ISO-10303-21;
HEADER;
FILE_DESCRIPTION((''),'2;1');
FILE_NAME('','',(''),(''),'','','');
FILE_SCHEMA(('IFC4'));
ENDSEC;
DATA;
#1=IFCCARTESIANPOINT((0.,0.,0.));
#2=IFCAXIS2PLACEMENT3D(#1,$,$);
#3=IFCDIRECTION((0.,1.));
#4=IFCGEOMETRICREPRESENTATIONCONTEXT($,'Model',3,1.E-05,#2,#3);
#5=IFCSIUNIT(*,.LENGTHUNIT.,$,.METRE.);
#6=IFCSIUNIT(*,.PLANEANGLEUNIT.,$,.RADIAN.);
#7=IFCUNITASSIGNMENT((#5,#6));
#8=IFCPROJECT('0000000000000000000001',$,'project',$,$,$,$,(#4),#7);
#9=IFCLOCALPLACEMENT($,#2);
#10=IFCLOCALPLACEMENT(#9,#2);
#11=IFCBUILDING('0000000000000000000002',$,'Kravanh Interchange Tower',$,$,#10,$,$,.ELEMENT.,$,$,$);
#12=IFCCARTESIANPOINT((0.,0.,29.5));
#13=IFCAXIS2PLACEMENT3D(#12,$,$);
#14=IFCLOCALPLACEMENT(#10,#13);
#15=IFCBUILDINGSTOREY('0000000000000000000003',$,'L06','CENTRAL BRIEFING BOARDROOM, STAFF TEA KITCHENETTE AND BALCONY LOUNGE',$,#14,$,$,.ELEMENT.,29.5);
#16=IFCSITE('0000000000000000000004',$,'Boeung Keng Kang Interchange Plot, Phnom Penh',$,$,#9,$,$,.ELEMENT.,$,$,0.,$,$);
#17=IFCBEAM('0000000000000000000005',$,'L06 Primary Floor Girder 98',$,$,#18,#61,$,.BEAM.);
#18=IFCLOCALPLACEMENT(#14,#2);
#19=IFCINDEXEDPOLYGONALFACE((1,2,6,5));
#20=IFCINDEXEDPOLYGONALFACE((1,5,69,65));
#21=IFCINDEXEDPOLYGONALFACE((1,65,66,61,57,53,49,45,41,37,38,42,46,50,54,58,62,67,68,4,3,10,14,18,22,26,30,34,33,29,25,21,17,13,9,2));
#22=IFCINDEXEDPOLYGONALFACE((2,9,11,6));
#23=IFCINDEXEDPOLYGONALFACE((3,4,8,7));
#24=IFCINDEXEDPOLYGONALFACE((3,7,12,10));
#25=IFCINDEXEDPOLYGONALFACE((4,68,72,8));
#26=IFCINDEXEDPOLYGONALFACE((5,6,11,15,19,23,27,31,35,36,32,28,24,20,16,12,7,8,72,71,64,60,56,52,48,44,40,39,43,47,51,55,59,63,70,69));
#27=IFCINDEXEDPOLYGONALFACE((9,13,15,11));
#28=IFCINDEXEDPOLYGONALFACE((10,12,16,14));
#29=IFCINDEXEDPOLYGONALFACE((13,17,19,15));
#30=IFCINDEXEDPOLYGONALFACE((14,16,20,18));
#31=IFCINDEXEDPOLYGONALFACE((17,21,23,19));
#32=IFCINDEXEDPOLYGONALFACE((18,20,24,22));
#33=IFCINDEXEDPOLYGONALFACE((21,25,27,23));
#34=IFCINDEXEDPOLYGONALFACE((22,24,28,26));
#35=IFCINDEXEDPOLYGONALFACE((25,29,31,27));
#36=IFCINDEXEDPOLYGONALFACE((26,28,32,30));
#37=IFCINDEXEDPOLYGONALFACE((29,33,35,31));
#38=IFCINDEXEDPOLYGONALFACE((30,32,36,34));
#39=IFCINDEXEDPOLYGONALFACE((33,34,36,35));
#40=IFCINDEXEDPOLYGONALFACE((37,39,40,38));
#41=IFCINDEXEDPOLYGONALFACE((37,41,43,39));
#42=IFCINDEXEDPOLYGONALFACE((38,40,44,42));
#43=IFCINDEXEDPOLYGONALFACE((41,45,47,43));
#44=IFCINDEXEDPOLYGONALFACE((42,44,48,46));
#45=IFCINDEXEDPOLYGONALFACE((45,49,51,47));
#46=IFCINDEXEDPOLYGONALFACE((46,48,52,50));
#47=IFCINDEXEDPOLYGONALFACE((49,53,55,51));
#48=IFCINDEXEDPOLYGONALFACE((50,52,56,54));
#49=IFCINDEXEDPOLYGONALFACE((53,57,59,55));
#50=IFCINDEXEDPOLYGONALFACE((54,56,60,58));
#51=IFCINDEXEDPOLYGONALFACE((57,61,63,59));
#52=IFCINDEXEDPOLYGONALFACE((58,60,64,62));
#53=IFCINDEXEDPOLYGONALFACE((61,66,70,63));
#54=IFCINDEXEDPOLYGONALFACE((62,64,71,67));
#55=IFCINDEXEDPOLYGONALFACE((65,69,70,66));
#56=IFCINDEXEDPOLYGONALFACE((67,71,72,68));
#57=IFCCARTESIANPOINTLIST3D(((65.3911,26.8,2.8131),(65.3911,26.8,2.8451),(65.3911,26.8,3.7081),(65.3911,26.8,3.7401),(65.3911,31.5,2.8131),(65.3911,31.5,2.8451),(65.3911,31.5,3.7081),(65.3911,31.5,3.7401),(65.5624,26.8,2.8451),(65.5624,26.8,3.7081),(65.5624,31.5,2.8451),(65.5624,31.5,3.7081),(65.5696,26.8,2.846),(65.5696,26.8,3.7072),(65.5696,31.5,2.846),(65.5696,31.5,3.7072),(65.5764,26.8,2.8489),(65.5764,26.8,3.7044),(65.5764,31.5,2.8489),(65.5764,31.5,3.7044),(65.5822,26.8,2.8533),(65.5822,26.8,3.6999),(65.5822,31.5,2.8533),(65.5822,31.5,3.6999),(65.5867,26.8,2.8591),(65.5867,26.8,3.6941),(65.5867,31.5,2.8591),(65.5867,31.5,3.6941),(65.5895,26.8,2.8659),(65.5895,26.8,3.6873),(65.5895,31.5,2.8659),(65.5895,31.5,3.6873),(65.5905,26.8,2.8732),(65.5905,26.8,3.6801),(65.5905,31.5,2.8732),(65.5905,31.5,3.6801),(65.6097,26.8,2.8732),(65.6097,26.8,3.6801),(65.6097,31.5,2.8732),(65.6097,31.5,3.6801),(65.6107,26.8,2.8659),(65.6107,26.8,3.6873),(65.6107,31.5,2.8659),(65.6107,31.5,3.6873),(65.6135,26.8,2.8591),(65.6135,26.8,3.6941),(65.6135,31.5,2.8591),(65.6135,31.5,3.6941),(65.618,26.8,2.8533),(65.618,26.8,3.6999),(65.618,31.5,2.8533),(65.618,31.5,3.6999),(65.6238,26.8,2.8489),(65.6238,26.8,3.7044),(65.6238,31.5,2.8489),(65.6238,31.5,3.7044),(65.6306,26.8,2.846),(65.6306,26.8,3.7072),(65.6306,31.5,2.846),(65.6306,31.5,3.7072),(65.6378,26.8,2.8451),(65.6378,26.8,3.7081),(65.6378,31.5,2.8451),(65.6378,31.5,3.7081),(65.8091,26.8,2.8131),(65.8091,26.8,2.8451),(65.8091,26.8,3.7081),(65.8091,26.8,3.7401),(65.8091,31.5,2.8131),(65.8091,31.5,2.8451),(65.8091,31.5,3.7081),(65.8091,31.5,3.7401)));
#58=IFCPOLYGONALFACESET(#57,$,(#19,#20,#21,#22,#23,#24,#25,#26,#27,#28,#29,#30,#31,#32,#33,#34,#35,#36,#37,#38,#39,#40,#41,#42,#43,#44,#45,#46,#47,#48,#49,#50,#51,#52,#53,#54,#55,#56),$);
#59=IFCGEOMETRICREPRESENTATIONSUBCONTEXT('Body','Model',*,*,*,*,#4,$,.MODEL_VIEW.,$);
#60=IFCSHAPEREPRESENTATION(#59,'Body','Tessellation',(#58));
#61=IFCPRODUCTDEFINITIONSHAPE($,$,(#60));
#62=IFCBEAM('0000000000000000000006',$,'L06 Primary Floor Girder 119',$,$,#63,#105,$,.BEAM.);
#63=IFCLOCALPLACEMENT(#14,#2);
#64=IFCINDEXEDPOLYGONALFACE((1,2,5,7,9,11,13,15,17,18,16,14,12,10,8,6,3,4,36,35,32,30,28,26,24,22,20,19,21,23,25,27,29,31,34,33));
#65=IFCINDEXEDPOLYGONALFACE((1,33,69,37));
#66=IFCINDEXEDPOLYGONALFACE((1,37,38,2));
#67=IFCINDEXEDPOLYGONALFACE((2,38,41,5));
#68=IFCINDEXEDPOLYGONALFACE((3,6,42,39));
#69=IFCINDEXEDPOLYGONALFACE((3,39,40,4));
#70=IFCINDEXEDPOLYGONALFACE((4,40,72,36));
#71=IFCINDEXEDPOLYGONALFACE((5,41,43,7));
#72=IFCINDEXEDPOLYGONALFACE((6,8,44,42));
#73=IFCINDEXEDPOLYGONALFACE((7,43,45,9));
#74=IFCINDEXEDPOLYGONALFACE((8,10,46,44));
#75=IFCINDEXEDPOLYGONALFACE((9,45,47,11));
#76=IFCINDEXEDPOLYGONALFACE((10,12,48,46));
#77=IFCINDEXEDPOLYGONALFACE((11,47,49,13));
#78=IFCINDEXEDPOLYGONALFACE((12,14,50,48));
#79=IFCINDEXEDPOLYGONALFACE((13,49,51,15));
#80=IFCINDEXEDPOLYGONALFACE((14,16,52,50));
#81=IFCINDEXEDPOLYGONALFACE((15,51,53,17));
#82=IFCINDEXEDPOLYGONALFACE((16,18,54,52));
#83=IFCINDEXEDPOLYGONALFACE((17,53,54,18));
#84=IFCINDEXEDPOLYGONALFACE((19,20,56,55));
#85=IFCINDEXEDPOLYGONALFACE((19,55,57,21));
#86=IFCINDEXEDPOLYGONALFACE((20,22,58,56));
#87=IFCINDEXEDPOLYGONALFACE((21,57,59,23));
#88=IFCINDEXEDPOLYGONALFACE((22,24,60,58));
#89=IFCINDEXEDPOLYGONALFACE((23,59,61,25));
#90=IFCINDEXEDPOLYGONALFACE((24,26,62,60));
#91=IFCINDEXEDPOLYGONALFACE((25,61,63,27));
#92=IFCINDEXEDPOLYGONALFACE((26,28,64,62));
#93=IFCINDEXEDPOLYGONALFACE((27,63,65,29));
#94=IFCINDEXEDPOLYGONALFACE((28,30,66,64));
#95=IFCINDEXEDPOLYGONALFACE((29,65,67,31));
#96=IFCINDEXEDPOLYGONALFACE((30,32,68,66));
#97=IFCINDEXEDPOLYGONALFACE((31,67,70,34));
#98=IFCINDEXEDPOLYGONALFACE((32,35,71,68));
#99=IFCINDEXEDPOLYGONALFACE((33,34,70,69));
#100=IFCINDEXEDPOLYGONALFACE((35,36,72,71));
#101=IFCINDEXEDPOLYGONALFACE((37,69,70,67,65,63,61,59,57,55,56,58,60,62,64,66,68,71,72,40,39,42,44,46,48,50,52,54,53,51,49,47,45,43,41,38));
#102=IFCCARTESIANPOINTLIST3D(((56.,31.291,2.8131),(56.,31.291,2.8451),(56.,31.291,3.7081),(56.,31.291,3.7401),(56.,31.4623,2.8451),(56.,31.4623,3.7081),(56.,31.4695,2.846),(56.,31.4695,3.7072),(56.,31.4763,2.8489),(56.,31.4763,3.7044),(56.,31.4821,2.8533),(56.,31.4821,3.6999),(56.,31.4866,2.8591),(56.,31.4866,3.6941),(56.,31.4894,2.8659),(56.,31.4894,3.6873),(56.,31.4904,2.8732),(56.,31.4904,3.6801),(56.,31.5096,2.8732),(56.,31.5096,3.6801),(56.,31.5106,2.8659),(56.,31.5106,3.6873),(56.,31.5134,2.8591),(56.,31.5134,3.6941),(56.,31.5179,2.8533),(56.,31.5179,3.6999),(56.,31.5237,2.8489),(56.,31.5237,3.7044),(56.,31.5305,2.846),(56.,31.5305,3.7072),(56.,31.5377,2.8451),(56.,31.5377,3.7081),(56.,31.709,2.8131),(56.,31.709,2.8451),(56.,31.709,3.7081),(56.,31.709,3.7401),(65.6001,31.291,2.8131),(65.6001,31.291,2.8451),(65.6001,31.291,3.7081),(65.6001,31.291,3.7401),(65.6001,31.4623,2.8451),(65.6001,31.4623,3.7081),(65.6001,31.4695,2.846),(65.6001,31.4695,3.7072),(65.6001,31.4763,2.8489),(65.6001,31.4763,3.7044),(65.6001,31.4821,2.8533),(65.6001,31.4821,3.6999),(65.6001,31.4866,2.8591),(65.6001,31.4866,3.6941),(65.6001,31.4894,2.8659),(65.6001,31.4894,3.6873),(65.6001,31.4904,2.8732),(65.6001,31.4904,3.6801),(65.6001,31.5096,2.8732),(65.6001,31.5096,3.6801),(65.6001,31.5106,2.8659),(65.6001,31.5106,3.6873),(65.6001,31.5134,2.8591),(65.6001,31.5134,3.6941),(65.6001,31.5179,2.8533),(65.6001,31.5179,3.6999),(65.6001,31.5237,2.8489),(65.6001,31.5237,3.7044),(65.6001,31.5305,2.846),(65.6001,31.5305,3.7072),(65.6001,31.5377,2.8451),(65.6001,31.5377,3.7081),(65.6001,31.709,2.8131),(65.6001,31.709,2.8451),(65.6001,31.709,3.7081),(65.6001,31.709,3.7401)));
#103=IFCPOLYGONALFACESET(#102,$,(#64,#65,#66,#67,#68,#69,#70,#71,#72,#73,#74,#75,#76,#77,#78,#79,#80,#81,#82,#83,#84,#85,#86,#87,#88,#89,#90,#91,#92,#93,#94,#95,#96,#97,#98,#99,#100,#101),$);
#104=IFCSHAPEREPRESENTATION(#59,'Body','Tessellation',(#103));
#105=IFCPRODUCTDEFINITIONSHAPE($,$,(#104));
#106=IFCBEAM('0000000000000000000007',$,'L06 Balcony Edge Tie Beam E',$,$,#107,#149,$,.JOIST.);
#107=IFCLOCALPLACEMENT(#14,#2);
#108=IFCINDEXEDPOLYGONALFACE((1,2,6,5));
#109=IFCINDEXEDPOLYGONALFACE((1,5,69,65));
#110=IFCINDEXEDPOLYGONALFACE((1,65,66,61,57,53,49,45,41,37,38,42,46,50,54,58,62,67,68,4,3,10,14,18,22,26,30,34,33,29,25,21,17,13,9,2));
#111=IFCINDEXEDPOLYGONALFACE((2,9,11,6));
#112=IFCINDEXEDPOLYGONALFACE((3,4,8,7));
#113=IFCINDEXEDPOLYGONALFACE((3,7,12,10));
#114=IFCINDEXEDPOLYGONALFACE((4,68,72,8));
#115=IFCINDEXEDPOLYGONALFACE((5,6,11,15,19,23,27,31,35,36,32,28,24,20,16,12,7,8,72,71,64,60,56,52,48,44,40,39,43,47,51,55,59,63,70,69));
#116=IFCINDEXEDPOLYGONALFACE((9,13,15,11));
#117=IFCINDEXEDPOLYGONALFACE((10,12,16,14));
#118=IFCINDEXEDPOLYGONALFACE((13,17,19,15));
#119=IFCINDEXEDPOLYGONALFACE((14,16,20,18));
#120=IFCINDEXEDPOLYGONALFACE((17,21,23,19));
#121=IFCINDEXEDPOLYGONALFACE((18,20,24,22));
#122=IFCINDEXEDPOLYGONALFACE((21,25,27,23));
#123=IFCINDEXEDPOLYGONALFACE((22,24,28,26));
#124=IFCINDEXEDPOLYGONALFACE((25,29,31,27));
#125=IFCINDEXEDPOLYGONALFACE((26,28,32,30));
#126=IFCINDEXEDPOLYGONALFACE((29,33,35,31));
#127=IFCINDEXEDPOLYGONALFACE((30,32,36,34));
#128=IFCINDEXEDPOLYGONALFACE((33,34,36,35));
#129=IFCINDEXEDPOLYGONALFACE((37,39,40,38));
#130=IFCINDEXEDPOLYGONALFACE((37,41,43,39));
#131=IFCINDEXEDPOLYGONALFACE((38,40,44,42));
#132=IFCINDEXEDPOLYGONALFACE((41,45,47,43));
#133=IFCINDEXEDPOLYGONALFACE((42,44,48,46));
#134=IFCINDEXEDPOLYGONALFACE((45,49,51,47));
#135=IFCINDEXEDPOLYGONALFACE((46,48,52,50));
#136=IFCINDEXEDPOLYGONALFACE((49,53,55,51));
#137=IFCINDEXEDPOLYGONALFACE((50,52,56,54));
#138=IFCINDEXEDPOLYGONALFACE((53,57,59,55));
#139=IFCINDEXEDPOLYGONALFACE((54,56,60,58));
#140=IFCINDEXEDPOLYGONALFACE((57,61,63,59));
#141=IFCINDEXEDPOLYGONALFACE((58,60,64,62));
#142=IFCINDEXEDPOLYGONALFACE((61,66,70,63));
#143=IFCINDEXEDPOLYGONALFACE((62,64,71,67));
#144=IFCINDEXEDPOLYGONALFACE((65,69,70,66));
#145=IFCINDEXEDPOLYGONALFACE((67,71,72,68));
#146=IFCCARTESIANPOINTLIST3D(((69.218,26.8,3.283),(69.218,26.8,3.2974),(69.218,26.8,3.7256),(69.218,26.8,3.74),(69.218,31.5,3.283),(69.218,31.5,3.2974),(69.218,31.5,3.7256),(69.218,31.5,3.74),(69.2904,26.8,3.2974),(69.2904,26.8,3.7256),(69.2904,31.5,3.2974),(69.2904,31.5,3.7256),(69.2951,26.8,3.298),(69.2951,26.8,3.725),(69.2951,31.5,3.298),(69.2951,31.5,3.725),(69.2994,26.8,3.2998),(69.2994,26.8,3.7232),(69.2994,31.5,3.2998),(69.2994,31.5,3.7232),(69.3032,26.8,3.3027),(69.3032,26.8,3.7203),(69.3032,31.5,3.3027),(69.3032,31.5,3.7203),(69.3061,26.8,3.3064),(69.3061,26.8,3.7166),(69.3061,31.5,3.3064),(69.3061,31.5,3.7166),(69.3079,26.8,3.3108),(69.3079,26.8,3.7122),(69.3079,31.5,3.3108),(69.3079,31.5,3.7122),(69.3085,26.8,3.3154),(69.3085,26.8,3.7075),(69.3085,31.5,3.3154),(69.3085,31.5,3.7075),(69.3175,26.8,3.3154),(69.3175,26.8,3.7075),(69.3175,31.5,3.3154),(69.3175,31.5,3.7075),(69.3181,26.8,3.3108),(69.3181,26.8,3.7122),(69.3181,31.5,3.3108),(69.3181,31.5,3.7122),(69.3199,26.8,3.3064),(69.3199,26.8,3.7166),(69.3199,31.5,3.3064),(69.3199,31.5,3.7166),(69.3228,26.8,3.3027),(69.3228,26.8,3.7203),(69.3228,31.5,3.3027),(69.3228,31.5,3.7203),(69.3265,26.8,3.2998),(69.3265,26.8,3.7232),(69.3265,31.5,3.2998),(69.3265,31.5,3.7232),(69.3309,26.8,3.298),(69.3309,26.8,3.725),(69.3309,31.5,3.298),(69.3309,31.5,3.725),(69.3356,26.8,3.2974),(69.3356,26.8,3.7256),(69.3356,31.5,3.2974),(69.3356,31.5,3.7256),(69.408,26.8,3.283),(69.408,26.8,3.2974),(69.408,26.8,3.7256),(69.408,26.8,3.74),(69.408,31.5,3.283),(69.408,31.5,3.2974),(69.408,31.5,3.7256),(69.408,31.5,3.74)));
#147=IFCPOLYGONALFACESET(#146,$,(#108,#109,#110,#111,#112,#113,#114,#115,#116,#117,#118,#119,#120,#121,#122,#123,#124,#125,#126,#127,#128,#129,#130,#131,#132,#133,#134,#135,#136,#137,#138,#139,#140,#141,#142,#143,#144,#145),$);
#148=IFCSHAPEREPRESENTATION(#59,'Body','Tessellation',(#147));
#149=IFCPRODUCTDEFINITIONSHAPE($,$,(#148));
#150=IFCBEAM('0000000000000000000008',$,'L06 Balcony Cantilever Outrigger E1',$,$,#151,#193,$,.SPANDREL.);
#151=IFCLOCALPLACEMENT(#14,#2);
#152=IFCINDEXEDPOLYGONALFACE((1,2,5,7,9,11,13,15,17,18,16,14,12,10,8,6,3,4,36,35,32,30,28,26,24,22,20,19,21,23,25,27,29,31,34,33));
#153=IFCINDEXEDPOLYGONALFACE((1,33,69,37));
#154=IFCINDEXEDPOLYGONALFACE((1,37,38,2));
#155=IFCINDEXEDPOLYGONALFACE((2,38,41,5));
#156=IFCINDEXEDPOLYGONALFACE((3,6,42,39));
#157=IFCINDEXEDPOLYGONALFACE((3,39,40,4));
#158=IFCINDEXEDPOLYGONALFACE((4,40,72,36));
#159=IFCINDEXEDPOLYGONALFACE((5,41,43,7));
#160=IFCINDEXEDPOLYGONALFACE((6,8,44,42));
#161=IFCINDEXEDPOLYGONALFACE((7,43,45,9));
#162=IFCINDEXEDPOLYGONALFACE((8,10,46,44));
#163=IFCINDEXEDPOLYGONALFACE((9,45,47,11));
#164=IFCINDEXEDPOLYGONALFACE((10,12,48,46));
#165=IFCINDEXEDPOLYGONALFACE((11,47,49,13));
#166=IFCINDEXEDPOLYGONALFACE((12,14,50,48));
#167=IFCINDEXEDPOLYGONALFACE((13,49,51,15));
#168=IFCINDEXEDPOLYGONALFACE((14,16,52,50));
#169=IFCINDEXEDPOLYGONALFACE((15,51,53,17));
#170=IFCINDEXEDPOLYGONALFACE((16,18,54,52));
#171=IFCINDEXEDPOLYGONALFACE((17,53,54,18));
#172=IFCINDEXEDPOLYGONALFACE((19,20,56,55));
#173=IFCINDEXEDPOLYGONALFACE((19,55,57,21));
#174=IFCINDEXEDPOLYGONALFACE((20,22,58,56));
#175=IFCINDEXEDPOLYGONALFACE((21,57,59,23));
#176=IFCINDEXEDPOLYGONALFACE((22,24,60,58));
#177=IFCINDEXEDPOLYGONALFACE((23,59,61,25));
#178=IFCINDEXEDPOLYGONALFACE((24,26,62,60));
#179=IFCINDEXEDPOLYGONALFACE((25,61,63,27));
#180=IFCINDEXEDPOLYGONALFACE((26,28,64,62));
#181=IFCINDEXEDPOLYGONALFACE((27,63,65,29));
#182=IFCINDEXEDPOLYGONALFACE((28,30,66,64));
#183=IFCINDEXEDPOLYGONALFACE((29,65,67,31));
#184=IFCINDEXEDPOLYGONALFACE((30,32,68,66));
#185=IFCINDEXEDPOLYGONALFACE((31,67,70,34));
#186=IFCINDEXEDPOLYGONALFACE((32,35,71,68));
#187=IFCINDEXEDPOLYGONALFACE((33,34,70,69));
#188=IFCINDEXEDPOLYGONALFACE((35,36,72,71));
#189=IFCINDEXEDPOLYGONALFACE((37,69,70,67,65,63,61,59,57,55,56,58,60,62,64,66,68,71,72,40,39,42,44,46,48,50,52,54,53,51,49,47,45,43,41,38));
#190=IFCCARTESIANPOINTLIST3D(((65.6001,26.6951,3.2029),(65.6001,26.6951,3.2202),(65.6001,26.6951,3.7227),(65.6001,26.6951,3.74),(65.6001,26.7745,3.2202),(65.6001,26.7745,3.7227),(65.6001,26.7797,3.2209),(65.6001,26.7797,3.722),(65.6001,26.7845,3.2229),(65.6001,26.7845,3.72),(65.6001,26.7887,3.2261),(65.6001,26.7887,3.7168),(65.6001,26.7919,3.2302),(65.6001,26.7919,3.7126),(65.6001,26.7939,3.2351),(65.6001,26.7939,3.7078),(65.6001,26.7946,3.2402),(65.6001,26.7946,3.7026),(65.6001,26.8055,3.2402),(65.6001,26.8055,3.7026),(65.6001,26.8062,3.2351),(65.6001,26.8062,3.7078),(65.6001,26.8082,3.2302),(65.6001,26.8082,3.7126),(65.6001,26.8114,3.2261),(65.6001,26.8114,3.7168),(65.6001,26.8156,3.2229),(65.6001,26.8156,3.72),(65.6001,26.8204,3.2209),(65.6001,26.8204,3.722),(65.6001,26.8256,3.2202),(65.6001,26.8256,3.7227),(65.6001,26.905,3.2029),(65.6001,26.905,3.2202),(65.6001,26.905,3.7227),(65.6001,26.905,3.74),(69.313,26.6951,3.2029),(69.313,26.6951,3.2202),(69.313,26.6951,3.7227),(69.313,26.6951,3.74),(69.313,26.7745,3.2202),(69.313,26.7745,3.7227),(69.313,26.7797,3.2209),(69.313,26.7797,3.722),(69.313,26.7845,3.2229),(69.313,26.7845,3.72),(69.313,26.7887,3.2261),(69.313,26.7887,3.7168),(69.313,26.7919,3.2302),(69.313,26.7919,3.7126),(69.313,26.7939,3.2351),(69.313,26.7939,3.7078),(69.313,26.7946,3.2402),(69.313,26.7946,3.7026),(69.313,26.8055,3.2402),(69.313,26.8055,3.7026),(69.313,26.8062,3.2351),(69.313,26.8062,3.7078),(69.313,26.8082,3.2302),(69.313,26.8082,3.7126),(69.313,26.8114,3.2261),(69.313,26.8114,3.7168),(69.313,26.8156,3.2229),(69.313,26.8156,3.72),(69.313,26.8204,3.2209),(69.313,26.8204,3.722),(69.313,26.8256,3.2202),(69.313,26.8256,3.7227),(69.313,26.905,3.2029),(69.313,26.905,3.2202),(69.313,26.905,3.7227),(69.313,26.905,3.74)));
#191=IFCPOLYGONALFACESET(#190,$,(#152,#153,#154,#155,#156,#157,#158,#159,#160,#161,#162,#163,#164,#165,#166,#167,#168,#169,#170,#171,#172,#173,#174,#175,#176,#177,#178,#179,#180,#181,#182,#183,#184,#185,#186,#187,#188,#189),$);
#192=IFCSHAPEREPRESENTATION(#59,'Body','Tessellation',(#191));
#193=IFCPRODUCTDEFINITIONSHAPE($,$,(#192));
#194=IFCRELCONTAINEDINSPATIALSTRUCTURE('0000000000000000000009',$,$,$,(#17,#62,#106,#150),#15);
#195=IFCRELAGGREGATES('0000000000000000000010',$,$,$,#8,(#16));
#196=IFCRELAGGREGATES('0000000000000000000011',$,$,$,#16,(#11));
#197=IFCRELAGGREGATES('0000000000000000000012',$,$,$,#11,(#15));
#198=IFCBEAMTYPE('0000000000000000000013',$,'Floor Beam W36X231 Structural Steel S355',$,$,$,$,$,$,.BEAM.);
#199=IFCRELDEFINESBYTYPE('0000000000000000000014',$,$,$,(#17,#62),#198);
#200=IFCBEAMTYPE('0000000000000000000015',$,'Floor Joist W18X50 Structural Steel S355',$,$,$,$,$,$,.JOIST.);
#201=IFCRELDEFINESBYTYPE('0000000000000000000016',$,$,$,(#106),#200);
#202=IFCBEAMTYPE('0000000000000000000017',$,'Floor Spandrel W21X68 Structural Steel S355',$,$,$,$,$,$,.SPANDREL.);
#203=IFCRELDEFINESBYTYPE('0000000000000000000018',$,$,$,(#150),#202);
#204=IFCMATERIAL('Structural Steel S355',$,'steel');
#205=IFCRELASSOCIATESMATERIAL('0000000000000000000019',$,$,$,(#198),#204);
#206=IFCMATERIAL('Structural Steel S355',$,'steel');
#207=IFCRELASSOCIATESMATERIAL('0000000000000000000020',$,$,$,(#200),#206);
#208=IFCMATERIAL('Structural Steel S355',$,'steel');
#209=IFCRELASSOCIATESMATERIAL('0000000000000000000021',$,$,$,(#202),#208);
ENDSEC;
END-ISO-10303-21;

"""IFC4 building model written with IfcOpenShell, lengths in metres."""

from ifc_helpers import new_model, si_unit, direction, frame, origin, origin_2d, place, context, subcontext, project, spatial, i_section, extrude, material, material_profile, profile_set, type_object, element, save


model = new_model("IFC4")

# Units and contexts
model_context = context("Model", 3, precision=1e-05, world=origin(), true_north=direction((0.0, 1.0)))
body_context = subcontext(model_context, "Body", "Model", "MODEL_VIEW")
ifc_project = project(units=[si_unit("LENGTHUNIT", "METRE"), si_unit("PLANEANGLEUNIT", "RADIAN")], contexts=[model_context])

# Site, building, storey
site_placement = place(None, origin())
site = spatial("IfcSite", under=ifc_project, at=site_placement, Name="Boeung Keng Kang Interchange Plot, Phnom Penh", CompositionType="ELEMENT", RefElevation=0.0)
building_placement = place(site_placement, origin())
building = spatial("IfcBuilding", under=site, at=building_placement, Name="Kravanh Interchange Tower", CompositionType="ELEMENT")
storey_placement = place(building_placement, frame((0.0, 0.0, 29.5)))
storey = spatial("IfcBuildingStorey", under=building, at=storey_placement, Name="L06", Description="CENTRAL BRIEFING BOARDROOM, STAFF TEA KITCHENETTE AND BALCONY LOUNGE", CompositionType="ELEMENT", Elevation=29.5)

# Beams
ifc_material_1 = material(Name="Structural Steel S355", Category="steel")
ifc_material_profile_1 = material_profile(ifc_material_1, i_section(OverallWidth=0.418, OverallDepth=0.927, WebThickness=0.0193, FlangeThickness=0.032, FilletRadius=0.0281, at=origin_2d()), Name="W36X231")
ifc_profile_set_1 = profile_set([ifc_material_profile_1], Name="Structural Steel S355")
beam_type_1 = type_object("IfcBeamType", Name="Floor Beam W36X231 Structural Steel S355", PredefinedType="BEAM", material=ifc_profile_set_1)
beam_1_placement = place(storey_placement, frame((65.6001, 26.8, 3.2766), z_axis=(0.0, 1.0, 0.0), x_axis=(-1.0, 0.0, 0.0)))
element("IfcBeam", 1, at=beam_1_placement, inside=storey, type_object=beam_type_1, Name="L06 Primary Floor Girder 98", PredefinedType="BEAM", context=body_context, shape_type="SweptSolid", body=[
    extrude(i_section(OverallWidth=0.418, OverallDepth=0.927, WebThickness=0.0193, FlangeThickness=0.032, FilletRadius=0.0281, at=origin_2d()), origin(), (0.0, 0.0, 1.0), 4.7),
])
beam_2_placement = place(storey_placement, frame((56.0, 31.5, 3.2766), z_axis=(1.0, 0.0, 0.0), x_axis=(0.0, 1.0, 0.0)))
element("IfcBeam", 2, at=beam_2_placement, inside=storey, type_object=beam_type_1, Name="L06 Primary Floor Girder 119", PredefinedType="BEAM", context=body_context, shape_type="SweptSolid", body=[
    extrude(i_section(OverallWidth=0.418, OverallDepth=0.927, WebThickness=0.0193, FlangeThickness=0.032, FilletRadius=0.0281, at=origin_2d()), origin(), (0.0, 0.0, 1.0), 9.6001),
])
ifc_material_2 = material(Name="Structural Steel S355", Category="steel")
ifc_material_profile_2 = material_profile(ifc_material_2, i_section(OverallWidth=0.1899, OverallDepth=0.457, WebThickness=0.009, FlangeThickness=0.0144, FilletRadius=0.0181, at=origin_2d()), Name="W18X50")
ifc_profile_set_2 = profile_set([ifc_material_profile_2], Name="Structural Steel S355")
beam_type_2 = type_object("IfcBeamType", Name="Floor Joist W18X50 Structural Steel S355", PredefinedType="JOIST", material=ifc_profile_set_2)
beam_3_placement = place(storey_placement, frame((69.313, 26.8, 3.5115), z_axis=(0.0, 1.0, 0.0), x_axis=(-1.0, 0.0, 0.0)))
element("IfcBeam", 3, at=beam_3_placement, inside=storey, type_object=beam_type_2, Name="L06 Balcony Edge Tie Beam E", PredefinedType="JOIST", context=body_context, shape_type="SweptSolid", body=[
    extrude(i_section(OverallWidth=0.1899, OverallDepth=0.457, WebThickness=0.009, FlangeThickness=0.0144, FilletRadius=0.0181, at=origin_2d()), origin(), (0.0, 0.0, 1.0), 4.7),
])
ifc_material_3 = material(Name="Structural Steel S355", Category="steel")
ifc_material_profile_3 = material_profile(ifc_material_3, i_section(OverallWidth=0.21, OverallDepth=0.5371, WebThickness=0.011, FlangeThickness=0.0173, FilletRadius=0.02, at=origin_2d()), Name="W21X68")
ifc_profile_set_3 = profile_set([ifc_material_profile_3], Name="Structural Steel S355")
beam_type_3 = type_object("IfcBeamType", Name="Floor Spandrel W21X68 Structural Steel S355", PredefinedType="SPANDREL", material=ifc_profile_set_3)
for number, where, z_axis, x_axis, name in (
    (4, (65.6001, 26.8, 3.4714), (1.0, 0.0, 0.0), (0.0, 1.0, 0.0), "L06 Balcony Cantilever Outrigger E1"),
):
    element("IfcBeam", number, at=place(storey_placement, frame(where, z_axis=z_axis, x_axis=x_axis)), inside=storey, type_object=beam_type_3, Name=name, PredefinedType="SPANDREL", context=body_context, shape_type="SweptSolid", body=[
        extrude(i_section(OverallWidth=0.21, OverallDepth=0.5371, WebThickness=0.011, FlangeThickness=0.0173, FilletRadius=0.02, at=origin_2d()), origin(), (0.0, 0.0, 1.0), 3.7129),
    ])

save(model, "model.ifc")
